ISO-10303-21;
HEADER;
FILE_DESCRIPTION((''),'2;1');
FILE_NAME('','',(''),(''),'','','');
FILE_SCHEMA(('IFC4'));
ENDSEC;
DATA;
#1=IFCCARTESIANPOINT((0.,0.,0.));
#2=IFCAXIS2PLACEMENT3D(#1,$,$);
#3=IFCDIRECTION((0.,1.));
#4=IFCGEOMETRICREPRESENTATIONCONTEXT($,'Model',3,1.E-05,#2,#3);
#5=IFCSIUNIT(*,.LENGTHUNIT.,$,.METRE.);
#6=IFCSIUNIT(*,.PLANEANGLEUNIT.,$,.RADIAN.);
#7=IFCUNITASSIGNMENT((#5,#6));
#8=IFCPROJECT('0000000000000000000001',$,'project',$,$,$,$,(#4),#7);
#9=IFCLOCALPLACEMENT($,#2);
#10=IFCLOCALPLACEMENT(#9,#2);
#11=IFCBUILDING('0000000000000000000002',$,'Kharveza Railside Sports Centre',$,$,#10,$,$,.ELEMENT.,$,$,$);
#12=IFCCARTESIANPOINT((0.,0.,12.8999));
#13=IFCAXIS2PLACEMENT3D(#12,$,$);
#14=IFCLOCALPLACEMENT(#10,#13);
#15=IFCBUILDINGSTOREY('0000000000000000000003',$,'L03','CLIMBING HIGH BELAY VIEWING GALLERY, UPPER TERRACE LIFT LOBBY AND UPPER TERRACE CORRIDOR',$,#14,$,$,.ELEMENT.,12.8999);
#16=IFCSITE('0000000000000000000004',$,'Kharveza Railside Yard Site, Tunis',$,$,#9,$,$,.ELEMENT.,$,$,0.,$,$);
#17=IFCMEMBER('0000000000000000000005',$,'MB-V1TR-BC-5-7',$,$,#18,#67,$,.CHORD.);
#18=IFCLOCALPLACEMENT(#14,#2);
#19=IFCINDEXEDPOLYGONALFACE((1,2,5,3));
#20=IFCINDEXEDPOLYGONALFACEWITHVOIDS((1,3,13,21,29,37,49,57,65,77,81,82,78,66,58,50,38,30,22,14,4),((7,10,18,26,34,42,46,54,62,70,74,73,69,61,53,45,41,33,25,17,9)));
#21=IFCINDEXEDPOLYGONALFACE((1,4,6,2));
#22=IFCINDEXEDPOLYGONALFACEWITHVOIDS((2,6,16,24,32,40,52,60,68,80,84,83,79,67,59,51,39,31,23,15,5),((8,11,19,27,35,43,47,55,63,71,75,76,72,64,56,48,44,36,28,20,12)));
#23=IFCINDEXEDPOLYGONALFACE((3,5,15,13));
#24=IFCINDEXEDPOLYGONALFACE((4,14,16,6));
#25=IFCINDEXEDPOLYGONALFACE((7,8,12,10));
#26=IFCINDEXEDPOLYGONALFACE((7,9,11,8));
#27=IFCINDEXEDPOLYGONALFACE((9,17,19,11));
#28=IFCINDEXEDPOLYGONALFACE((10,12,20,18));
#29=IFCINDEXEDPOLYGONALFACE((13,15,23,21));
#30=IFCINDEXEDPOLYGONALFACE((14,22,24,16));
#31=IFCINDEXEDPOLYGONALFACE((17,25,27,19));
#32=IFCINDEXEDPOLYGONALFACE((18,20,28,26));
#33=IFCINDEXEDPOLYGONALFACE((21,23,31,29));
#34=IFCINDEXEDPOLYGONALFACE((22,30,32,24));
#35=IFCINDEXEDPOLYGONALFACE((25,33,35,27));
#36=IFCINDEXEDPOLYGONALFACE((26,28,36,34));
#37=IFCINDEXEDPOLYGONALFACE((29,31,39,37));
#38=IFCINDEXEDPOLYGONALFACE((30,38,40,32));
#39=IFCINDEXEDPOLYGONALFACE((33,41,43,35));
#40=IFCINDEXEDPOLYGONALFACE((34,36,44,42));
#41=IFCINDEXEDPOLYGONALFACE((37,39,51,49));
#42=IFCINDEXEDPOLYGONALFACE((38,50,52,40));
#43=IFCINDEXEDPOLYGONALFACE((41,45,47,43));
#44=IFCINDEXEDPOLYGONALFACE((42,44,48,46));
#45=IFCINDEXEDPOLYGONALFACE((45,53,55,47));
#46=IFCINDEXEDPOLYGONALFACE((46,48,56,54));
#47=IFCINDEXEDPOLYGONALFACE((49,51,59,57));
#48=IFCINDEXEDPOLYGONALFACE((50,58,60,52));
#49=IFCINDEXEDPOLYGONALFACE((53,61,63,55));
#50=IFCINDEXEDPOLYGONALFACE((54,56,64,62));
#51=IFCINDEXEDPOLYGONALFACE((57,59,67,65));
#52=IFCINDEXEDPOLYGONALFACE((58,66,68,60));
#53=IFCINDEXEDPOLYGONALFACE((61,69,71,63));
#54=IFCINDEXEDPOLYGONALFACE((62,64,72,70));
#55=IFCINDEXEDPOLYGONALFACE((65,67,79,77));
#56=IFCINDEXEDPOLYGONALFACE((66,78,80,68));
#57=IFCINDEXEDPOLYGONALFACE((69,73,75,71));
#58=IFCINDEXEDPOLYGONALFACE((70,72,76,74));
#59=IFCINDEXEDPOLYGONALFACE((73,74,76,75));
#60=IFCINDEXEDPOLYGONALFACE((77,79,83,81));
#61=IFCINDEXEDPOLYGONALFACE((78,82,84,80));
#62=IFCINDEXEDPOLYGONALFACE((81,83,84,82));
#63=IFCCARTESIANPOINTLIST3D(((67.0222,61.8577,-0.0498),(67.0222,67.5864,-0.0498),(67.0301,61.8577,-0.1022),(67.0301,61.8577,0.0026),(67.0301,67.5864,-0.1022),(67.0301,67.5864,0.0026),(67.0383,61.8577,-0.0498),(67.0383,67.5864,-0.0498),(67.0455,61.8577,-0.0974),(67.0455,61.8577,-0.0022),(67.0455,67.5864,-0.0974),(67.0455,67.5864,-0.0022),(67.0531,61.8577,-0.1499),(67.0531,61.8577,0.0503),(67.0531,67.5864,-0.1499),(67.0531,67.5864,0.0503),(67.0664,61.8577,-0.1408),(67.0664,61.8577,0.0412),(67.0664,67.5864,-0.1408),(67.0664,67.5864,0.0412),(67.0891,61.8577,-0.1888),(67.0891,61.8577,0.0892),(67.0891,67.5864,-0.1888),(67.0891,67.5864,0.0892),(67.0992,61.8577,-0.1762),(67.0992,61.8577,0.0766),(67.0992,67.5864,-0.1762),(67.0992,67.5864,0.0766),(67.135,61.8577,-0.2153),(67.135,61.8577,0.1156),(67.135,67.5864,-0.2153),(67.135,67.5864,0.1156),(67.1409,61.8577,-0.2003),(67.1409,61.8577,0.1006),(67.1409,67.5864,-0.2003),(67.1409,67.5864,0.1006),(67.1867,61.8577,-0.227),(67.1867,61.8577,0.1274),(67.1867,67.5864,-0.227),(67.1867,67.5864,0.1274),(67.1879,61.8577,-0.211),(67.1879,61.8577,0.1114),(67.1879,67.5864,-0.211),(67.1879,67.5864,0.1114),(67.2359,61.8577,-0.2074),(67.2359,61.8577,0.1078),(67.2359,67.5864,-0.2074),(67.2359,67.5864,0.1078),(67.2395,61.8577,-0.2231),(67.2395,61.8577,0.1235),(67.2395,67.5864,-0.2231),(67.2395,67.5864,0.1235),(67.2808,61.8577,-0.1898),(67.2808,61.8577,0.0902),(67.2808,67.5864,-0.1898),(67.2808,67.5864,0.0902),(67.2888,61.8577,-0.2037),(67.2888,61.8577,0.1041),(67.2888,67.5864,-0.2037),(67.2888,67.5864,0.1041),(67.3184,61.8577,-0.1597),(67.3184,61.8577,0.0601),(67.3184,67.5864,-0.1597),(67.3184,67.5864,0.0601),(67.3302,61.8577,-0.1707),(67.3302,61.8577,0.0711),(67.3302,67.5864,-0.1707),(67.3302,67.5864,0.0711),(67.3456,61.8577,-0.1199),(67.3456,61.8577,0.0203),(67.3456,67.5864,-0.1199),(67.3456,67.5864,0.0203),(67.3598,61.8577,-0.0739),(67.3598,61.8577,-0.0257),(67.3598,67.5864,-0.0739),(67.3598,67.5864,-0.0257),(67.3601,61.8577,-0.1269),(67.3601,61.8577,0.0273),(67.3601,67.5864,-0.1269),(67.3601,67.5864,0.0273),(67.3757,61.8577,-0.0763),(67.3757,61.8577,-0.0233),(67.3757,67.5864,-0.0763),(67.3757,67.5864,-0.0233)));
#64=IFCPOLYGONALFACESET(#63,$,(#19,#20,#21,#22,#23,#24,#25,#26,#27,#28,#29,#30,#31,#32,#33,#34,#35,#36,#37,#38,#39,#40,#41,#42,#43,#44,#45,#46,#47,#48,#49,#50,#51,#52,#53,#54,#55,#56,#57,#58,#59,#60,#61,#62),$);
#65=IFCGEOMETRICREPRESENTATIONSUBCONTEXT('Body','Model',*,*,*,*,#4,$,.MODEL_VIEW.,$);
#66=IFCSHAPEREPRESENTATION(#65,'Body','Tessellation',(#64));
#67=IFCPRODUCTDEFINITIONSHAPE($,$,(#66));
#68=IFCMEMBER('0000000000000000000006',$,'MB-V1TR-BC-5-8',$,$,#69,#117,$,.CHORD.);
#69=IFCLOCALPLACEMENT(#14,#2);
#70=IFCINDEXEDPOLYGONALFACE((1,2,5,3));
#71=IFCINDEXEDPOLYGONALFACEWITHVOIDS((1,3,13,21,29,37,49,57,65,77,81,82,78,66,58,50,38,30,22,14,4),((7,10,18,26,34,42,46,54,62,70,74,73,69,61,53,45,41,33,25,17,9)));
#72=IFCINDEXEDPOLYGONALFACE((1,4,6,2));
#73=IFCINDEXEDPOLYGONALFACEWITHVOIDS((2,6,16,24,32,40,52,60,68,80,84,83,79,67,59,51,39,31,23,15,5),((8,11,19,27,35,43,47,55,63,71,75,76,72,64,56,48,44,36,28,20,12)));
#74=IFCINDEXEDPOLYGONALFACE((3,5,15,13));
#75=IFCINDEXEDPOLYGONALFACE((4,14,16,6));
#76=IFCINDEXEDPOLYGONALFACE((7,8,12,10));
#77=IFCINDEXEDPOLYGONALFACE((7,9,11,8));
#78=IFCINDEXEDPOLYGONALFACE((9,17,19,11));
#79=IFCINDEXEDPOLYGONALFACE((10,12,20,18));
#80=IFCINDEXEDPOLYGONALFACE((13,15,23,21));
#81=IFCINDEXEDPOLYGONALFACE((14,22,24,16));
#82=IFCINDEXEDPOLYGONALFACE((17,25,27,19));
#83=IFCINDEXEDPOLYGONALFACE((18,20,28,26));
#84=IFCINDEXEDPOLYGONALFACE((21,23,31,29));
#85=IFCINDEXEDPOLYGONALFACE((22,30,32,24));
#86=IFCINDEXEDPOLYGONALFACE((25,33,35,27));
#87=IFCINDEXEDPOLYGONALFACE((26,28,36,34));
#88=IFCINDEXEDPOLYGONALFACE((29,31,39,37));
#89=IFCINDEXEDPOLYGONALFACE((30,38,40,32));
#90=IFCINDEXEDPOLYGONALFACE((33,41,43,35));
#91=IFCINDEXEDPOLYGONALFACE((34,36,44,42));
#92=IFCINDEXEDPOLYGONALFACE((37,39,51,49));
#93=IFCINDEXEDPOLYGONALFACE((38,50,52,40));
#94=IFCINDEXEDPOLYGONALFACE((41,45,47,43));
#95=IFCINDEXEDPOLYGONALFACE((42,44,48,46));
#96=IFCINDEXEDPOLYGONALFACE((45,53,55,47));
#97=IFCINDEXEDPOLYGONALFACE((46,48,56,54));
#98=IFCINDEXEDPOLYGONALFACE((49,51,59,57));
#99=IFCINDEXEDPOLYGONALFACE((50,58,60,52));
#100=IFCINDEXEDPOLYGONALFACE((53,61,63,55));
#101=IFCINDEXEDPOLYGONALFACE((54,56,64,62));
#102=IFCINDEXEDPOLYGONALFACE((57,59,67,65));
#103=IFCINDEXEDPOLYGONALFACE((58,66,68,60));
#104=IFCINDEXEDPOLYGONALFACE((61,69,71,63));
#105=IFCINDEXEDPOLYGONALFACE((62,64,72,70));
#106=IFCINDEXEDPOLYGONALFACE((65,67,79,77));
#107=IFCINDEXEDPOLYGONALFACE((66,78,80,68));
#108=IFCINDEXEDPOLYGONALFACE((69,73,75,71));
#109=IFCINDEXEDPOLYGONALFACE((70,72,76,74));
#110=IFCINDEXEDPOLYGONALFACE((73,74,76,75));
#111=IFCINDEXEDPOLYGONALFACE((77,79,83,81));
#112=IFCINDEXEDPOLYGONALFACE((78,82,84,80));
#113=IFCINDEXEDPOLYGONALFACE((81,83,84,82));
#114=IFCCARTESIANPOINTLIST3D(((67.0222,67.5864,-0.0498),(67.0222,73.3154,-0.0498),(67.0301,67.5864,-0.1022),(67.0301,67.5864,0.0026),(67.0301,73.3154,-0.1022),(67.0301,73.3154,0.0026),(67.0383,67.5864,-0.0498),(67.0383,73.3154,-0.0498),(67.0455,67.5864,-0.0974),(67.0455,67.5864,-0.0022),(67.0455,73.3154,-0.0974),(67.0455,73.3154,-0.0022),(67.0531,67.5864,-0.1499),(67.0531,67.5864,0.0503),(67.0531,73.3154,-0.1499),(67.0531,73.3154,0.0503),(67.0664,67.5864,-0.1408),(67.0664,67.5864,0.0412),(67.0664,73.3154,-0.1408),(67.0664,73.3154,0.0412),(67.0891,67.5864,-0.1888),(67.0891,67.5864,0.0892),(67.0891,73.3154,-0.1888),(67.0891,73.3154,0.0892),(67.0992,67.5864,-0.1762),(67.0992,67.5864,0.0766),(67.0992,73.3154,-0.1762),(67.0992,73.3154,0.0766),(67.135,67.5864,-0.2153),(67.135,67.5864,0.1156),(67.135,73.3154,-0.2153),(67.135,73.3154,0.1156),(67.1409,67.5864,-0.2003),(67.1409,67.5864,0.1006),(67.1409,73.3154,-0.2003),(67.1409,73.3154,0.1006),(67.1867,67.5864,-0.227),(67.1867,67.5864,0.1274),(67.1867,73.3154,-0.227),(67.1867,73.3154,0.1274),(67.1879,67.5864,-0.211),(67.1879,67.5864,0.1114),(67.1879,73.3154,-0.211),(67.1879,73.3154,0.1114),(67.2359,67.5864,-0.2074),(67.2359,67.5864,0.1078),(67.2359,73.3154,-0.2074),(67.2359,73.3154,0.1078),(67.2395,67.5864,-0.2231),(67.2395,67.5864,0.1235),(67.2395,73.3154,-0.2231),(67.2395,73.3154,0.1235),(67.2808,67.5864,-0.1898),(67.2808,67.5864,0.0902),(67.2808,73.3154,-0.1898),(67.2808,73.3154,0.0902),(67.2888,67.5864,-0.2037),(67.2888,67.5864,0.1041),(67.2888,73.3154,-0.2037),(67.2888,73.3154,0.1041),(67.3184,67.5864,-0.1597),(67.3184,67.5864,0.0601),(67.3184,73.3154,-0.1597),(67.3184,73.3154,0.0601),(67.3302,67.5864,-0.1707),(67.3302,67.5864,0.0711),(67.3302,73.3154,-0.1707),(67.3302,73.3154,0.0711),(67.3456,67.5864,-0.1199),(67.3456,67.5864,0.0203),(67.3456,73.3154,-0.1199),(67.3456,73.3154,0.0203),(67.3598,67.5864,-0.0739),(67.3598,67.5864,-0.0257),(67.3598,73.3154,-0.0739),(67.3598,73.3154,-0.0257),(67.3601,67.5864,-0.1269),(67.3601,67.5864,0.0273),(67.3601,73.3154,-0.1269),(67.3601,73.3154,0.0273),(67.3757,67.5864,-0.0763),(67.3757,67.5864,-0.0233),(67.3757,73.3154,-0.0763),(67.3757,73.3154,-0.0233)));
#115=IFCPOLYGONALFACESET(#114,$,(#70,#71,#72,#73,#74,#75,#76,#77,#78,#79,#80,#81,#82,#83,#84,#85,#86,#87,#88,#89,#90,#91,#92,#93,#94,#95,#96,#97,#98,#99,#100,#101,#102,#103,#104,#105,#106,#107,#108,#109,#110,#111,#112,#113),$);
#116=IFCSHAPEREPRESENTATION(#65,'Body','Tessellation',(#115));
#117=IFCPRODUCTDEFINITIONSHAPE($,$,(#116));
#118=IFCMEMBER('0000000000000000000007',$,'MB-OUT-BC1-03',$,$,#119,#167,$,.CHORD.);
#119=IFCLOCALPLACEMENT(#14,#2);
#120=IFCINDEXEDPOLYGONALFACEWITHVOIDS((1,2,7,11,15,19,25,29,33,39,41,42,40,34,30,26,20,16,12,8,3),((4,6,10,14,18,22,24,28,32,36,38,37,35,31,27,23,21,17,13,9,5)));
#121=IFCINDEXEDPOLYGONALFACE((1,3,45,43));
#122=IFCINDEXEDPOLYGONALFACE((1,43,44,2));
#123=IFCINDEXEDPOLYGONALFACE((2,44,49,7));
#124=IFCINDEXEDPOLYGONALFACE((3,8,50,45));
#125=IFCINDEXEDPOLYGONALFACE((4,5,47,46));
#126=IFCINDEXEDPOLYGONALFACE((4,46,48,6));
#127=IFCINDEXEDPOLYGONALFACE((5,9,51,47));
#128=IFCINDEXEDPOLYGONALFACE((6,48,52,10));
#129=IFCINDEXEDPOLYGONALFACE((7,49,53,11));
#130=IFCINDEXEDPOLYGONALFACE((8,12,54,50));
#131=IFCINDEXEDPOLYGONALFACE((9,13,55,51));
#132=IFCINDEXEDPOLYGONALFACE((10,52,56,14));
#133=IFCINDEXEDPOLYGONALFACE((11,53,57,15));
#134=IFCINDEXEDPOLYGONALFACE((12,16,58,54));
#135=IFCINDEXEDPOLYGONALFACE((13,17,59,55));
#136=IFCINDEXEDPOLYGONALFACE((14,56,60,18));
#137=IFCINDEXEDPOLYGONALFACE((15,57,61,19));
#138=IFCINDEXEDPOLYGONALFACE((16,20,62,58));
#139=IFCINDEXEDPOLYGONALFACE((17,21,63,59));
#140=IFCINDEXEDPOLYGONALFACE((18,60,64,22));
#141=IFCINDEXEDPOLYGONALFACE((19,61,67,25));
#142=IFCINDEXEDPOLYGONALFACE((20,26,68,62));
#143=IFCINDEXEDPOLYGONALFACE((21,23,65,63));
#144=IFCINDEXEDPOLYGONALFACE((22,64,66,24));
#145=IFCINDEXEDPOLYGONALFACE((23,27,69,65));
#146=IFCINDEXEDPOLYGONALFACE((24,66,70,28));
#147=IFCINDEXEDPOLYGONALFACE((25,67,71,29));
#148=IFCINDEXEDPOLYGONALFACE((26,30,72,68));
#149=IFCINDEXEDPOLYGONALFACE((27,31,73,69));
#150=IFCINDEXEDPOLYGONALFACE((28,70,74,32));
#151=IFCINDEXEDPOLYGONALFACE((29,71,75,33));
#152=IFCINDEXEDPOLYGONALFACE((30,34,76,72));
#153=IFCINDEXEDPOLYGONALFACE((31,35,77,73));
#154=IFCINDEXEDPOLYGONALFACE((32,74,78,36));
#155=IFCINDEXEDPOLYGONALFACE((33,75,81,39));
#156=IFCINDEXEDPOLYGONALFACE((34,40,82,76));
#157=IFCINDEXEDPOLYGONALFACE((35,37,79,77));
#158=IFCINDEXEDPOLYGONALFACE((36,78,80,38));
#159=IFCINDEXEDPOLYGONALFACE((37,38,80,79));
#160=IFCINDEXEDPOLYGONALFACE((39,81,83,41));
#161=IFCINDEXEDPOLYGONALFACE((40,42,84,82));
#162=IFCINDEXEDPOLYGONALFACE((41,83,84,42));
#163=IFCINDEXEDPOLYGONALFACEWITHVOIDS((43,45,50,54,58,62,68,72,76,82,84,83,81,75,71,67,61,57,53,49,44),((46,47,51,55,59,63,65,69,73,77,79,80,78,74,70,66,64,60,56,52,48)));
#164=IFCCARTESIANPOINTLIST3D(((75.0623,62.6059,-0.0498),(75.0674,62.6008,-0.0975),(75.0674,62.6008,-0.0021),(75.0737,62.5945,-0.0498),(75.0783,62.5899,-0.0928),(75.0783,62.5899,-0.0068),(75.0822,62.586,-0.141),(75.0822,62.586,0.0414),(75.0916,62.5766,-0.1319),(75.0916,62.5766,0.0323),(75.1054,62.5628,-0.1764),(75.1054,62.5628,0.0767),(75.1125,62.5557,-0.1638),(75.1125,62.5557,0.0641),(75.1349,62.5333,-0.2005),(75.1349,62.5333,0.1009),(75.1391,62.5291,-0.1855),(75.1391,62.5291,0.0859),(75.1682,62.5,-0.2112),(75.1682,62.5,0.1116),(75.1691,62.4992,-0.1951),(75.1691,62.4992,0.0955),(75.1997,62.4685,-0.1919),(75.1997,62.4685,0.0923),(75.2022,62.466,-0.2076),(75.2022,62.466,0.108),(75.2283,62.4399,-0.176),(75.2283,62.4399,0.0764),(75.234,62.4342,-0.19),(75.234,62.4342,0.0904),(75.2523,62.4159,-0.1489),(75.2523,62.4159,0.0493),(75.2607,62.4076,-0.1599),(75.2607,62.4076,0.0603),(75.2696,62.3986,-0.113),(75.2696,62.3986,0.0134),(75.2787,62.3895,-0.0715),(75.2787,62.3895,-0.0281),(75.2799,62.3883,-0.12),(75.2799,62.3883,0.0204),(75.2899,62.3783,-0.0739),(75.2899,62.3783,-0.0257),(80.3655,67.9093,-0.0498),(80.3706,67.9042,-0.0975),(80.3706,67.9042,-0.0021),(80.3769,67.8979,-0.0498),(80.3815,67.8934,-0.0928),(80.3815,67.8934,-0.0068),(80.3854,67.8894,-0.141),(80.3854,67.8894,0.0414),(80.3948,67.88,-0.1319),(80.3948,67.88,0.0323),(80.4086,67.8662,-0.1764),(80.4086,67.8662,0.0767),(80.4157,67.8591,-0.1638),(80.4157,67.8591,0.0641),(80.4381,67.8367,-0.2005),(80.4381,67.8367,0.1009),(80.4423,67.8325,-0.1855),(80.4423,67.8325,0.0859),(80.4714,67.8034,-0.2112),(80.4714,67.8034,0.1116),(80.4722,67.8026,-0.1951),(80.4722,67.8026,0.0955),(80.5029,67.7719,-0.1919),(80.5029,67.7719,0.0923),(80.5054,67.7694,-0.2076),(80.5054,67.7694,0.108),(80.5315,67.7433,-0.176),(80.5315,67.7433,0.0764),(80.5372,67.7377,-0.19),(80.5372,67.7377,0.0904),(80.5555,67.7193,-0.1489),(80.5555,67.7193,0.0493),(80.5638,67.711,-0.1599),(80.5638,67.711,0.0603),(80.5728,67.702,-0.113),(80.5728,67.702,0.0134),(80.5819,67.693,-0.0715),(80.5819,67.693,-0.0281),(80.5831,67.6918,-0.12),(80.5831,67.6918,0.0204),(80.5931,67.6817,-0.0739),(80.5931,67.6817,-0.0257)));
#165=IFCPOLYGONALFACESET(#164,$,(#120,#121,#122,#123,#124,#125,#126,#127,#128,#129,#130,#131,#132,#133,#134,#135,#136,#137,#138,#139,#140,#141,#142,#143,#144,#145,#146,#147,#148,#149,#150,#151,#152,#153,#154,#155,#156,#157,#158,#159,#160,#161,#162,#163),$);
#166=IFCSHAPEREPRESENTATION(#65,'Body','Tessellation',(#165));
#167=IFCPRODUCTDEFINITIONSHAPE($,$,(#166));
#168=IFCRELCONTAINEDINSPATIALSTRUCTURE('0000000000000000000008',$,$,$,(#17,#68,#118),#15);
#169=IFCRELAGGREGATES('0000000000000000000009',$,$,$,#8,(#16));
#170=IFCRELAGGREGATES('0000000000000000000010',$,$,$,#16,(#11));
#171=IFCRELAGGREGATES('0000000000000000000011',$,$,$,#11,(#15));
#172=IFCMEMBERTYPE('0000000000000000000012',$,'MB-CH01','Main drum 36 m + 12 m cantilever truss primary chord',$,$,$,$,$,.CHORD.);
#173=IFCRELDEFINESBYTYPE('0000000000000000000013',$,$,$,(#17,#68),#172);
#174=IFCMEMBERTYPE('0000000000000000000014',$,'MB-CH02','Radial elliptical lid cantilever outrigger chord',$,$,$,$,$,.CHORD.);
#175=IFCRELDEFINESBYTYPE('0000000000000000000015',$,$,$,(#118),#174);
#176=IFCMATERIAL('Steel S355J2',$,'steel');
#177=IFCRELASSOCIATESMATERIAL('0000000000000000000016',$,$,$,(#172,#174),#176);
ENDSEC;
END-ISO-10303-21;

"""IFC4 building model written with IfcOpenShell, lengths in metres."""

from ifc_helpers import new_model, si_unit, direction, frame, origin, origin_2d, place, context, subcontext, project, spatial, hollow_circle, extrude, material, material_profile, profile_set, type_object, element, save


model = new_model("IFC4")

# Units and contexts
model_context = context("Model", 3, precision=1e-05, world=origin(), true_north=direction((0.0, 1.0)))
body_context = subcontext(model_context, "Body", "Model", "MODEL_VIEW")
ifc_project = project(units=[si_unit("LENGTHUNIT", "METRE"), si_unit("PLANEANGLEUNIT", "RADIAN")], contexts=[model_context])

# Site, building, storey
site_placement = place(None, origin())
site = spatial("IfcSite", under=ifc_project, at=site_placement, Name="Kharveza Railside Yard Site, Tunis", CompositionType="ELEMENT", RefElevation=0.0)
building_placement = place(site_placement, origin())
building = spatial("IfcBuilding", under=site, at=building_placement, Name="Kharveza Railside Sports Centre", CompositionType="ELEMENT")
storey_placement = place(building_placement, frame((0.0, 0.0, 12.8999)))
storey = spatial("IfcBuildingStorey", under=building, at=storey_placement, Name="L03", Description="CLIMBING HIGH BELAY VIEWING GALLERY, UPPER TERRACE LIFT LOBBY AND UPPER TERRACE CORRIDOR", CompositionType="ELEMENT", Elevation=12.8999)

# Members
ifc_material = material(Name="Steel S355J2", Category="steel")
ifc_material_profile_1 = material_profile(ifc_material, hollow_circle(Radius=0.1777, WallThickness=0.0161, at=origin_2d()), Name="CHS 355.6x16.0")
ifc_profile_set_1 = profile_set([ifc_material_profile_1], Name="Steel S355J2")
member_type_1 = type_object("IfcMemberType", Name="MB-CH01", Description="Main drum 36 m + 12 m cantilever truss primary chord", PredefinedType="CHORD", material=ifc_profile_set_1)
for number, where, z_axis, x_axis, name in (
    (1, (67.2, 61.8577, -0.0498), (0.0, 1.0, 0.0), (-1.0, 0.0, 0.0), "MB-V1TR-BC-5-7"),
):
    element("IfcMember", number, at=place(storey_placement, frame(where, z_axis=z_axis, x_axis=x_axis)), inside=storey, type_object=member_type_1, Name=name, PredefinedType="CHORD", context=body_context, shape_type="SweptSolid", body=[
        extrude(hollow_circle(Radius=0.1777, WallThickness=0.0161, at=origin_2d()), origin(), (0.0, 0.0, 1.0), 5.7288),
    ])
member_1_placement = place(storey_placement, frame((67.2, 67.5864, -0.0498), z_axis=(0.0, 1.0, 0.0), x_axis=(-1.0, 0.0, 0.0)))
element("IfcMember", 2, at=member_1_placement, inside=storey, type_object=member_type_1, Name="MB-V1TR-BC-5-8", PredefinedType="CHORD", context=body_context, shape_type="SweptSolid", body=[
    extrude(hollow_circle(Radius=0.1777, WallThickness=0.0161, at=origin_2d()), origin(), (0.0, 0.0, 1.0), 5.729),
])
ifc_material_profile_2 = material_profile(ifc_material, hollow_circle(Radius=0.1619, WallThickness=0.0161, at=origin_2d()), Name="CHS 323.9x16.0")
ifc_profile_set_2 = profile_set([ifc_material_profile_2], Name="Steel S355J2")
member_type_2 = type_object("IfcMemberType", Name="MB-CH02", Description="Radial elliptical lid cantilever outrigger chord", PredefinedType="CHORD", material=ifc_profile_set_2)
member_2_placement = place(storey_placement, frame((75.1768, 62.4915, -0.0498), z_axis=(0.707091, 0.707123, 0.0), x_axis=(-0.707123, 0.707091, 0.0)))
element("IfcMember", 3, at=member_2_placement, inside=storey, type_object=member_type_2, Name="MB-OUT-BC1-03", PredefinedType="CHORD", context=body_context, shape_type="SweptSolid", body=[
    extrude(hollow_circle(Radius=0.1619, WallThickness=0.0161, at=origin_2d()), origin(), (0.0, 0.0, 1.0), 7.5),
])

save(model, "model.ifc")
